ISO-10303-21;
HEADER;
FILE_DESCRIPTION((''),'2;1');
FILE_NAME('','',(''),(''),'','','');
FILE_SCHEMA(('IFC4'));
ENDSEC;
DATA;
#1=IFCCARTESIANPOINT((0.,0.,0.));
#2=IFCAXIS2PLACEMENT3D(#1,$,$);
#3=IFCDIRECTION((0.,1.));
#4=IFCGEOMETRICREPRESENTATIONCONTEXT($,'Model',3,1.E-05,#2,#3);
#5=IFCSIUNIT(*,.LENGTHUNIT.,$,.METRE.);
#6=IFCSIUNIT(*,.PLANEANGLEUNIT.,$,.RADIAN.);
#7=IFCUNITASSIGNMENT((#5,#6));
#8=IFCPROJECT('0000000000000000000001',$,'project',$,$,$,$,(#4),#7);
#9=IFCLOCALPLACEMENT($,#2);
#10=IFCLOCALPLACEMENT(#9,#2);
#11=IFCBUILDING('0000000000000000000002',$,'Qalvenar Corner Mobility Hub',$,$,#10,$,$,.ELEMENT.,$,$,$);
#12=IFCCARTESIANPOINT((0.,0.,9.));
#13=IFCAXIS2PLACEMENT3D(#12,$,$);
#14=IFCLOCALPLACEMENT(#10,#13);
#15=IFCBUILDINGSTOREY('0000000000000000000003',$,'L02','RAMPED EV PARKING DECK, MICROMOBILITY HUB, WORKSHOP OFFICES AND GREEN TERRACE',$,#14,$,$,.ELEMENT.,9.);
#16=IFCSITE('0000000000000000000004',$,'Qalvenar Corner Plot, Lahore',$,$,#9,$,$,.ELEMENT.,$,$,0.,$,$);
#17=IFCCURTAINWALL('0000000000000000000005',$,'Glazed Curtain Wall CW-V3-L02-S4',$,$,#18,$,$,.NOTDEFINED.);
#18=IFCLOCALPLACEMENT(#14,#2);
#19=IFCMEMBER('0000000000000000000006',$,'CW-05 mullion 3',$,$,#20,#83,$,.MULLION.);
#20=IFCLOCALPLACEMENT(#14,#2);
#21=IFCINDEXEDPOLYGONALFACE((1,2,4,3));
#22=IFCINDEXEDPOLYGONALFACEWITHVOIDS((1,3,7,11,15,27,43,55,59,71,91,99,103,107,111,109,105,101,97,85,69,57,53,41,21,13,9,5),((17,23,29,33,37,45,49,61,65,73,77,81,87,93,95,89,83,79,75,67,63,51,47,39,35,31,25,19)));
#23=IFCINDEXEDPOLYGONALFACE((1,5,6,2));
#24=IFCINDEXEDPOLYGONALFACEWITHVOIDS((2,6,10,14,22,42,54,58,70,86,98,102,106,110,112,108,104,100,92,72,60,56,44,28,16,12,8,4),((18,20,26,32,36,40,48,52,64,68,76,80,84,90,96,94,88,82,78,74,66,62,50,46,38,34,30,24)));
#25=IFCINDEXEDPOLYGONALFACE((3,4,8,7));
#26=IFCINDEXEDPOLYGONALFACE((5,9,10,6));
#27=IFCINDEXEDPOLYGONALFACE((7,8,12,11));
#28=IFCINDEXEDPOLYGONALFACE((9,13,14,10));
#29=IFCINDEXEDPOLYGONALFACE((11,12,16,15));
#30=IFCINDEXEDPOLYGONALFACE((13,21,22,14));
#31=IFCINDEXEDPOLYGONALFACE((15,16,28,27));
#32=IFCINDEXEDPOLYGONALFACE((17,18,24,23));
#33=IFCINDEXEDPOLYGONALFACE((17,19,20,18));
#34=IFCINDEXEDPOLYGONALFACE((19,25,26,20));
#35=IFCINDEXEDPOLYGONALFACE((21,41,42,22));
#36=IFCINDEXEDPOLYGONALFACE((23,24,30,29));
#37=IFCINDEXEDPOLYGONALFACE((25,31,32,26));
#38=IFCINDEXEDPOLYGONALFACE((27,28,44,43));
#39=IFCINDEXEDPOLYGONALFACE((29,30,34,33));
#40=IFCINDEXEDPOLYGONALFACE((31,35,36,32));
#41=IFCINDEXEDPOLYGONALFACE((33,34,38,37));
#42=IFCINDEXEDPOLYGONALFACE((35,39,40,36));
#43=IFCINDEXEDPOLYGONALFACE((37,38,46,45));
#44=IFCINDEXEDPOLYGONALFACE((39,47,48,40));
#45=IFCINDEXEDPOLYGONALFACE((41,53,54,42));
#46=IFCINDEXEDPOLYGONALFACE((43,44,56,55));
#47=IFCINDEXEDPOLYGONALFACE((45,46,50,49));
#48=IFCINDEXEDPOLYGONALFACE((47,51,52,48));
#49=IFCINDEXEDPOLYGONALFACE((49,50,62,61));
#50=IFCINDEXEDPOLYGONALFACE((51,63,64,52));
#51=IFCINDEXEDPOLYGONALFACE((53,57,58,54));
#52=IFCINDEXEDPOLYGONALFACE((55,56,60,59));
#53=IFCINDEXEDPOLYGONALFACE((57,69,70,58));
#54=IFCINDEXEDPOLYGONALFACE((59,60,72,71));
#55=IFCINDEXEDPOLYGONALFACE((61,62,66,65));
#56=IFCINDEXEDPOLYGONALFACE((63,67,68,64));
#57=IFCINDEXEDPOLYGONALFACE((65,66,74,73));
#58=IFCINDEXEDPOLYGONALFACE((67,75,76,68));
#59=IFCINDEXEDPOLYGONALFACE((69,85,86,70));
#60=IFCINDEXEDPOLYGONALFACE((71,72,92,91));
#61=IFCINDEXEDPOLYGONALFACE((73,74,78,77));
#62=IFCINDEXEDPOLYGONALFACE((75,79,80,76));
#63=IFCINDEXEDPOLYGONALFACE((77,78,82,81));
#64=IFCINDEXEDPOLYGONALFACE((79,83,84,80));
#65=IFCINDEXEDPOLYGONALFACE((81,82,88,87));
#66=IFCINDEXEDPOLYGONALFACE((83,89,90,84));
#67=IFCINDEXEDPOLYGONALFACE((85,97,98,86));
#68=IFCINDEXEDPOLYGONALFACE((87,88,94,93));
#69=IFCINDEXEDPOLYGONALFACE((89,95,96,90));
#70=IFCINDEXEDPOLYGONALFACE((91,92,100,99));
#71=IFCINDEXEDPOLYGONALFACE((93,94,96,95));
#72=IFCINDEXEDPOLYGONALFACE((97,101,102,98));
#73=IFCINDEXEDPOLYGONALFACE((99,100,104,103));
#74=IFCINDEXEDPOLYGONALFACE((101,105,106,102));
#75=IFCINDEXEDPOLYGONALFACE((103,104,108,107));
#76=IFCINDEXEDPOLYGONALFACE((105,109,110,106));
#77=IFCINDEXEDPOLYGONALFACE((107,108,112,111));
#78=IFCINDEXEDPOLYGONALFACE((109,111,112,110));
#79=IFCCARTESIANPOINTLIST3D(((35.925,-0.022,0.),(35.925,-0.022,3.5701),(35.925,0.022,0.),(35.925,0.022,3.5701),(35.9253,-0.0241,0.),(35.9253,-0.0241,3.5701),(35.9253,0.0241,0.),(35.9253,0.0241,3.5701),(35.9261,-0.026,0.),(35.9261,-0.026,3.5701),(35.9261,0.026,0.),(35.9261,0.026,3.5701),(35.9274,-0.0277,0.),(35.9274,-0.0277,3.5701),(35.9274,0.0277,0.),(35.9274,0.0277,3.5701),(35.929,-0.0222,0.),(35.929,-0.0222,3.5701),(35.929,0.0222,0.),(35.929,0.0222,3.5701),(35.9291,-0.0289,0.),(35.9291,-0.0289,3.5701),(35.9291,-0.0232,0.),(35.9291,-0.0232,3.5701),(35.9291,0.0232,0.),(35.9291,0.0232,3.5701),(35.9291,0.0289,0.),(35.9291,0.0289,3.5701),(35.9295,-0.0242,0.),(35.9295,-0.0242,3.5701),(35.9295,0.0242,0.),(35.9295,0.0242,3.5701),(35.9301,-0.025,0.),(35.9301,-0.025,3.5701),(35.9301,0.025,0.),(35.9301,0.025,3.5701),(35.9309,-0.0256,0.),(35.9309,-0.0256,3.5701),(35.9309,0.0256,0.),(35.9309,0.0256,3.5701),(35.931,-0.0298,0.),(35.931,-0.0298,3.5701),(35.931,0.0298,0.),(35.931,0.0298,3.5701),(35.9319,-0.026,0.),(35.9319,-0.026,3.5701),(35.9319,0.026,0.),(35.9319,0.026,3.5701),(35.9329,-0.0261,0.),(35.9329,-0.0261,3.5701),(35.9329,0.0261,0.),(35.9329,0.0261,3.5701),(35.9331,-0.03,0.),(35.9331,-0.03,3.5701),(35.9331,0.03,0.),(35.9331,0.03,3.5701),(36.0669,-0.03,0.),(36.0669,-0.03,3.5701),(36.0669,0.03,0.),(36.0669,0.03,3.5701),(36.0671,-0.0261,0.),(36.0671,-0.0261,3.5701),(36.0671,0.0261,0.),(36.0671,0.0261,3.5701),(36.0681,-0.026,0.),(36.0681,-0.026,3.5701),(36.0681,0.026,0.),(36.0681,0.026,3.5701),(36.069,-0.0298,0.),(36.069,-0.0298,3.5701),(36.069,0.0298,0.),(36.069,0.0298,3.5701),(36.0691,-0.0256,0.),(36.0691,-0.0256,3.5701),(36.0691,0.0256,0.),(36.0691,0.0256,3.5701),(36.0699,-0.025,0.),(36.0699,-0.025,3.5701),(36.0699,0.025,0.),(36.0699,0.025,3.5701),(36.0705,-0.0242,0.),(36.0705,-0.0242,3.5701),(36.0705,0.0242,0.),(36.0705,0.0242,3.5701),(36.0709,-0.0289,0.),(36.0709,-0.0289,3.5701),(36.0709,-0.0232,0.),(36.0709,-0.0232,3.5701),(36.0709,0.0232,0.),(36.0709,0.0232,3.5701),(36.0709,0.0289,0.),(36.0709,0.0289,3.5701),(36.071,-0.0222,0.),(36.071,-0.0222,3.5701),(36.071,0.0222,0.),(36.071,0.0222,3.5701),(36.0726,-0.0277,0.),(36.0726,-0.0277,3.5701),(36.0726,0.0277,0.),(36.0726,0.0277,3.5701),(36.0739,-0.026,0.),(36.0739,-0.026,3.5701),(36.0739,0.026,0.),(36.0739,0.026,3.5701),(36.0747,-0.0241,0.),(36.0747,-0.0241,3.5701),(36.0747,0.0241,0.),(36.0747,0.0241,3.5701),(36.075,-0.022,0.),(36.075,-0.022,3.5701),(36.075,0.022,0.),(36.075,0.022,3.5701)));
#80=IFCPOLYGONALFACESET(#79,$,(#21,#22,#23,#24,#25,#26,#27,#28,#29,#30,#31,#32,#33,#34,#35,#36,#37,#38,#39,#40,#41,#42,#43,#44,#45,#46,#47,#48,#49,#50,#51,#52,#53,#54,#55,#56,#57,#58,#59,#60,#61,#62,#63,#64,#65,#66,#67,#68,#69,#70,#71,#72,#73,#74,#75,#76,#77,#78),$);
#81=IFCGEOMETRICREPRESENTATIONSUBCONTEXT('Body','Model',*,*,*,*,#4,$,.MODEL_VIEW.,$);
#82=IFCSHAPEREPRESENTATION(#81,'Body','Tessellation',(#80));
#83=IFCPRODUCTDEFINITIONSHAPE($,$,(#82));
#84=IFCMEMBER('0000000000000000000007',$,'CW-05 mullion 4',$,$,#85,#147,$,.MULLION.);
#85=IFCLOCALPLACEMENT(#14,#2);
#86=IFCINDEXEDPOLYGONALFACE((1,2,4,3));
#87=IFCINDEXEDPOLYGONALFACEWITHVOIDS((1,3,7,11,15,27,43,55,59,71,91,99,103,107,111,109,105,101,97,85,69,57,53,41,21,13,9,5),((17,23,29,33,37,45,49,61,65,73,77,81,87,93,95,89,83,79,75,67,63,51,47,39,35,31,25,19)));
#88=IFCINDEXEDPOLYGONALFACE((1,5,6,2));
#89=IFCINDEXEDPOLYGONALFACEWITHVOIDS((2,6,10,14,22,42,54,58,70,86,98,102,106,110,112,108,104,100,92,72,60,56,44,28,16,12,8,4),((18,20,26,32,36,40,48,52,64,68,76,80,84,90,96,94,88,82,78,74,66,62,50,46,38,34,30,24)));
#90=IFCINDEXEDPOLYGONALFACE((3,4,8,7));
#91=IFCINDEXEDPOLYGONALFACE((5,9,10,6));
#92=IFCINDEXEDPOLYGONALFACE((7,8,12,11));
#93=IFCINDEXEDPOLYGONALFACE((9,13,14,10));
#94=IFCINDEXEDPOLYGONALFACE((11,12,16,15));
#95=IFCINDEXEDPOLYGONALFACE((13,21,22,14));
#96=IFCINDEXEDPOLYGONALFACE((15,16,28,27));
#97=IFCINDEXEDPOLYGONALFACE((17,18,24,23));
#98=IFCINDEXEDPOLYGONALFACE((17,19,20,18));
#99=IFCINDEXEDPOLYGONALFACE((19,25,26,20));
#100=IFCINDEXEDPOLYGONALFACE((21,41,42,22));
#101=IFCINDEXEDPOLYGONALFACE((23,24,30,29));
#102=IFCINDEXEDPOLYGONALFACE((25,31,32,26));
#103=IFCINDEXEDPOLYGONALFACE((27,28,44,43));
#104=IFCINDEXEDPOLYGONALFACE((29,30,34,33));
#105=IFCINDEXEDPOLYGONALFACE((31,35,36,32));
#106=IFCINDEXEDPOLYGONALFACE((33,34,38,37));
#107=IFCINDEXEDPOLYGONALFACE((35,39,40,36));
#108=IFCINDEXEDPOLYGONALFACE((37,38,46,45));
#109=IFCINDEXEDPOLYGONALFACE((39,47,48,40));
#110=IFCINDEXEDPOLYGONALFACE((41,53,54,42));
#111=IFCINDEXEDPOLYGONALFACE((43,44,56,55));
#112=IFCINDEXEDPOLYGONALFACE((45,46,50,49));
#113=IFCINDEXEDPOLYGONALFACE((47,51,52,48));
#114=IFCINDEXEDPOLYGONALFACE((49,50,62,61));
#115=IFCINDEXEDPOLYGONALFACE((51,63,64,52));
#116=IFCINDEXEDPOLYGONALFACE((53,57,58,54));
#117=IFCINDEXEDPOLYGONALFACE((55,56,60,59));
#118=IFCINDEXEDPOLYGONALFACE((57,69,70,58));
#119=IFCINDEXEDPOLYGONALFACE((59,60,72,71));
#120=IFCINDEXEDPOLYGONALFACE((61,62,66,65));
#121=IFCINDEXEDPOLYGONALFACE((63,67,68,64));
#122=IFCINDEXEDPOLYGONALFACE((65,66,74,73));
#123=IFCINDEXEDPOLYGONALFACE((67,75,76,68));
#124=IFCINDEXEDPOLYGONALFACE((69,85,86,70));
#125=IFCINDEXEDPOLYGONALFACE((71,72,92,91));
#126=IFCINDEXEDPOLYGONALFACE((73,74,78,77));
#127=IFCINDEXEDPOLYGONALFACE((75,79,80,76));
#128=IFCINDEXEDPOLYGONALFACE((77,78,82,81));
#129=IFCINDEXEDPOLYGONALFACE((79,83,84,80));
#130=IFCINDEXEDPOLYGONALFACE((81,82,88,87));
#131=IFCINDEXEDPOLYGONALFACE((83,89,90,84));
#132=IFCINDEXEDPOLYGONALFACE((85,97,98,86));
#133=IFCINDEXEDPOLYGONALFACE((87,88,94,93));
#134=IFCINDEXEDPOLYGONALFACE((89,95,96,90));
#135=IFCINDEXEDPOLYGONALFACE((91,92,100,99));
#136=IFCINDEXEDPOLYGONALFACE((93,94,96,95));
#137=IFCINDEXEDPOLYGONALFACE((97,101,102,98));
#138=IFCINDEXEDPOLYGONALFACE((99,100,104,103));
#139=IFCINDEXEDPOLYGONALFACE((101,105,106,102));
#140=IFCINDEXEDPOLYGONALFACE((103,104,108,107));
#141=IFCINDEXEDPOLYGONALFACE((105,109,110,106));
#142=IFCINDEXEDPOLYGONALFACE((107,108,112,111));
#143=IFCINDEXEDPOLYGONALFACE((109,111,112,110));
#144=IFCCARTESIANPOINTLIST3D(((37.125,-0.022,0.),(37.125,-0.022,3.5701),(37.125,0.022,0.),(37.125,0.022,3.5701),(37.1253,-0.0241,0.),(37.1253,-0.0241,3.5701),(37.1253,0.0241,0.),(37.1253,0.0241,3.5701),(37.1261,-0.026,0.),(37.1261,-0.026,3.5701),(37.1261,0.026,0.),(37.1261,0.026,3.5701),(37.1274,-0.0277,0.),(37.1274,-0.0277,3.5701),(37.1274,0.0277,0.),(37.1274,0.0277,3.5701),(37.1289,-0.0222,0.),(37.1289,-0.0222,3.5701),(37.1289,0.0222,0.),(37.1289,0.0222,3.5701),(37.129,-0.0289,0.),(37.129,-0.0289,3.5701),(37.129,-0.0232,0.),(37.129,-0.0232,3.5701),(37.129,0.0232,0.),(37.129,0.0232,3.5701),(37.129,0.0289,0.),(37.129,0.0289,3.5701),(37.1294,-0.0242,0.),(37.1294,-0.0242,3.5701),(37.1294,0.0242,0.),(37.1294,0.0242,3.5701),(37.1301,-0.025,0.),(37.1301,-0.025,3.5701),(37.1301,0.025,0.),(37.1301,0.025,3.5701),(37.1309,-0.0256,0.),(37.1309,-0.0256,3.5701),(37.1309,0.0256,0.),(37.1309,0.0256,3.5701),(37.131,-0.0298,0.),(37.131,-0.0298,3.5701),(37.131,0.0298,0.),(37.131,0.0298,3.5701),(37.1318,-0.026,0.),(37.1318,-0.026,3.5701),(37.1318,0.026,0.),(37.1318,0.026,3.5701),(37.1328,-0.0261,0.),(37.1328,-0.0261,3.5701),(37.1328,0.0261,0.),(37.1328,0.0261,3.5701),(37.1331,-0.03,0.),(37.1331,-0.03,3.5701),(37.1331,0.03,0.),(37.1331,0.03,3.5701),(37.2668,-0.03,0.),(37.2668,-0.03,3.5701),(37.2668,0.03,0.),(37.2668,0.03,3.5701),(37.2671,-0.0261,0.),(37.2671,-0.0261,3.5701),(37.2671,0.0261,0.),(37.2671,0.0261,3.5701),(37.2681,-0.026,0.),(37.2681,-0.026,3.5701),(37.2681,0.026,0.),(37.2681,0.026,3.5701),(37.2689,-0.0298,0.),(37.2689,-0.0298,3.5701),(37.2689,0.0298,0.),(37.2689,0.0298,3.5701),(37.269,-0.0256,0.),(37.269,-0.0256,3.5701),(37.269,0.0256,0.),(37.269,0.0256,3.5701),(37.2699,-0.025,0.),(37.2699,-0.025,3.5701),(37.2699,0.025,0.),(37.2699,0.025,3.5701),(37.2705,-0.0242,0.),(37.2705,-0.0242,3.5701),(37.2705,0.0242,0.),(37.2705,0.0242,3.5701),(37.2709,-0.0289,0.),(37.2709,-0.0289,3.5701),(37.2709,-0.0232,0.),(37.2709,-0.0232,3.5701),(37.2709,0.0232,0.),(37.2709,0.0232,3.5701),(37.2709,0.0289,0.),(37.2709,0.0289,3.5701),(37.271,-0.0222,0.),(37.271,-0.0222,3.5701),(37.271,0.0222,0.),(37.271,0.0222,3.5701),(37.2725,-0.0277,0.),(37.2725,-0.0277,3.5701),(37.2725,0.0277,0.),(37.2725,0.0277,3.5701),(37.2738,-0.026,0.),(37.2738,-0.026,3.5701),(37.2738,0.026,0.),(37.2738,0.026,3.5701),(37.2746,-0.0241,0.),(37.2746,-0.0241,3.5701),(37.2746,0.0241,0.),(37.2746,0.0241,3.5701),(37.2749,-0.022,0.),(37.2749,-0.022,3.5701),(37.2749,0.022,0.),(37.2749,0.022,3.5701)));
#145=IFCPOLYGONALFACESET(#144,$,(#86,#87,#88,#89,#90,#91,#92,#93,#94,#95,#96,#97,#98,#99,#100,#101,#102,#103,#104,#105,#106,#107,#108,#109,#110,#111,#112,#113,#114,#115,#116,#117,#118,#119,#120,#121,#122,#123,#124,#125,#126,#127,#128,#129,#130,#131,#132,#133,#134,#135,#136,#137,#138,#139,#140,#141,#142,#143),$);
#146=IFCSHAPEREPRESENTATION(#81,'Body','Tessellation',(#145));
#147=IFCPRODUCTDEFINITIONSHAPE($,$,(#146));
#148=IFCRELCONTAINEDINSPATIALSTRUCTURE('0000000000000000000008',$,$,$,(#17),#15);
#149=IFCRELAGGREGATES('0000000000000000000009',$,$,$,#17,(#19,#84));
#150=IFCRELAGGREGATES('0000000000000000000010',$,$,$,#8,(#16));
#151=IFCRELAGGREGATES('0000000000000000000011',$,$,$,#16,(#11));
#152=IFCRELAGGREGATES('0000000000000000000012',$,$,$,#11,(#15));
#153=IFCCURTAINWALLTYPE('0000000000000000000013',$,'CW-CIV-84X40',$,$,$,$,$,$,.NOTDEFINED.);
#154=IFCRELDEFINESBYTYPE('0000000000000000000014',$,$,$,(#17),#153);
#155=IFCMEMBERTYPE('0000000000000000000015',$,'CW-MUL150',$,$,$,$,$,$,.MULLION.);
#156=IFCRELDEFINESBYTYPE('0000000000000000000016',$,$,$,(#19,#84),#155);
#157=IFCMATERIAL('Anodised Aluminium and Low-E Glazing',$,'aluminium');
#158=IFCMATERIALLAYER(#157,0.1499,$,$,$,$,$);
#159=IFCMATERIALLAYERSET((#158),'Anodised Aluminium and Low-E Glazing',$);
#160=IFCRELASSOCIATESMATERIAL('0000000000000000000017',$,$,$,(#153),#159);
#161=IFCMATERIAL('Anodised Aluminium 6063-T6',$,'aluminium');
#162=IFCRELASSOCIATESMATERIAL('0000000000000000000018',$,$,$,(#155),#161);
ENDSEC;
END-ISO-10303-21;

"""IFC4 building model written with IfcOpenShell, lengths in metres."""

from ifc_helpers import new_model, si_unit, direction, frame, origin, origin_2d, place, context, subcontext, project, spatial, hollow_rectangle, extrude, material, layer, layer_set, material_profile, profile_set, type_object, element, aggregate, save


model = new_model("IFC4")

# Units and contexts
model_context = context("Model", 3, precision=1e-05, world=origin(), true_north=direction((0.0, 1.0)))
body_context = subcontext(model_context, "Body", "Model", "MODEL_VIEW")
ifc_project = project(units=[si_unit("LENGTHUNIT", "METRE"), si_unit("PLANEANGLEUNIT", "RADIAN")], contexts=[model_context])

# Site, building, storey
site_placement = place(None, origin())
site = spatial("IfcSite", under=ifc_project, at=site_placement, Name="Qalvenar Corner Plot, Lahore", CompositionType="ELEMENT", RefElevation=0.0)
building_placement = place(site_placement, origin())
building = spatial("IfcBuilding", under=site, at=building_placement, Name="Qalvenar Corner Mobility Hub", CompositionType="ELEMENT")
storey_placement = place(building_placement, frame((0.0, 0.0, 9.0)))
storey = spatial("IfcBuildingStorey", under=building, at=storey_placement, Name="L02", Description="RAMPED EV PARKING DECK, MICROMOBILITY HUB, WORKSHOP OFFICES AND GREEN TERRACE", CompositionType="ELEMENT", Elevation=9.0)

# Curtain wall, members
ifc_material_1 = material(Name="Anodised Aluminium and Low-E Glazing", Category="aluminium")
ifc_layer_1 = layer(ifc_material_1, 0.1499)
ifc_layer_set_1 = layer_set([ifc_layer_1], Name="Anodised Aluminium and Low-E Glazing")
curtain_wall_type = type_object("IfcCurtainWallType", Name="CW-CIV-84X40", PredefinedType="NOTDEFINED", material=ifc_layer_set_1)
curtain_wall_placement = place(storey_placement, origin())
curtain_wall = element("IfcCurtainWall", 1, at=curtain_wall_placement, inside=storey, type_object=curtain_wall_type, Name="Glazed Curtain Wall CW-V3-L02-S4", PredefinedType="NOTDEFINED")
ifc_material_2 = material(Name="Anodised Aluminium 6063-T6", Category="aluminium")
ifc_material_profile_1 = material_profile(ifc_material_2, hollow_rectangle(XDim=0.0601, YDim=0.1499, WallThickness=0.0039, InnerFilletRadius=0.0039, OuterFilletRadius=0.0081, at=origin_2d()), Name="RHS150x60x4")
ifc_profile_set_1 = profile_set([ifc_material_profile_1], Name="Anodised Aluminium 6063-T6")
member_type_1 = type_object("IfcMemberType", Name="CW-MUL150", PredefinedType="MULLION", material=ifc_profile_set_1)
member_1_placement = place(storey_placement, frame((36.0, 0.0, 0.0), z_axis=(0.0, 0.0, 1.0), x_axis=(0.0, 1.0, 0.0)))
member_1 = element("IfcMember", 2, at=member_1_placement, type_object=member_type_1, Name="CW-05 mullion 3", PredefinedType="MULLION", context=body_context, shape_type="SweptSolid", body=[
    extrude(hollow_rectangle(XDim=0.0601, YDim=0.1499, WallThickness=0.0039, InnerFilletRadius=0.0039, OuterFilletRadius=0.0081, at=origin_2d()), origin(), (0.0, 0.0, 1.0), 3.5701),
])
member_2_placement = place(storey_placement, frame((37.2, 0.0, 0.0), z_axis=(0.0, 0.0, 1.0), x_axis=(0.0, 1.0, 0.0)))
member_2 = element("IfcMember", 3, at=member_2_placement, type_object=member_type_1, Name="CW-05 mullion 4", PredefinedType="MULLION", context=body_context, shape_type="SweptSolid", body=[
    extrude(hollow_rectangle(XDim=0.0601, YDim=0.1499, WallThickness=0.0039, InnerFilletRadius=0.0039, OuterFilletRadius=0.0081, at=origin_2d()), origin(), (0.0, 0.0, 1.0), 3.5701),
])
aggregate(curtain_wall, [member_1, member_2])

save(model, "model.ifc")
